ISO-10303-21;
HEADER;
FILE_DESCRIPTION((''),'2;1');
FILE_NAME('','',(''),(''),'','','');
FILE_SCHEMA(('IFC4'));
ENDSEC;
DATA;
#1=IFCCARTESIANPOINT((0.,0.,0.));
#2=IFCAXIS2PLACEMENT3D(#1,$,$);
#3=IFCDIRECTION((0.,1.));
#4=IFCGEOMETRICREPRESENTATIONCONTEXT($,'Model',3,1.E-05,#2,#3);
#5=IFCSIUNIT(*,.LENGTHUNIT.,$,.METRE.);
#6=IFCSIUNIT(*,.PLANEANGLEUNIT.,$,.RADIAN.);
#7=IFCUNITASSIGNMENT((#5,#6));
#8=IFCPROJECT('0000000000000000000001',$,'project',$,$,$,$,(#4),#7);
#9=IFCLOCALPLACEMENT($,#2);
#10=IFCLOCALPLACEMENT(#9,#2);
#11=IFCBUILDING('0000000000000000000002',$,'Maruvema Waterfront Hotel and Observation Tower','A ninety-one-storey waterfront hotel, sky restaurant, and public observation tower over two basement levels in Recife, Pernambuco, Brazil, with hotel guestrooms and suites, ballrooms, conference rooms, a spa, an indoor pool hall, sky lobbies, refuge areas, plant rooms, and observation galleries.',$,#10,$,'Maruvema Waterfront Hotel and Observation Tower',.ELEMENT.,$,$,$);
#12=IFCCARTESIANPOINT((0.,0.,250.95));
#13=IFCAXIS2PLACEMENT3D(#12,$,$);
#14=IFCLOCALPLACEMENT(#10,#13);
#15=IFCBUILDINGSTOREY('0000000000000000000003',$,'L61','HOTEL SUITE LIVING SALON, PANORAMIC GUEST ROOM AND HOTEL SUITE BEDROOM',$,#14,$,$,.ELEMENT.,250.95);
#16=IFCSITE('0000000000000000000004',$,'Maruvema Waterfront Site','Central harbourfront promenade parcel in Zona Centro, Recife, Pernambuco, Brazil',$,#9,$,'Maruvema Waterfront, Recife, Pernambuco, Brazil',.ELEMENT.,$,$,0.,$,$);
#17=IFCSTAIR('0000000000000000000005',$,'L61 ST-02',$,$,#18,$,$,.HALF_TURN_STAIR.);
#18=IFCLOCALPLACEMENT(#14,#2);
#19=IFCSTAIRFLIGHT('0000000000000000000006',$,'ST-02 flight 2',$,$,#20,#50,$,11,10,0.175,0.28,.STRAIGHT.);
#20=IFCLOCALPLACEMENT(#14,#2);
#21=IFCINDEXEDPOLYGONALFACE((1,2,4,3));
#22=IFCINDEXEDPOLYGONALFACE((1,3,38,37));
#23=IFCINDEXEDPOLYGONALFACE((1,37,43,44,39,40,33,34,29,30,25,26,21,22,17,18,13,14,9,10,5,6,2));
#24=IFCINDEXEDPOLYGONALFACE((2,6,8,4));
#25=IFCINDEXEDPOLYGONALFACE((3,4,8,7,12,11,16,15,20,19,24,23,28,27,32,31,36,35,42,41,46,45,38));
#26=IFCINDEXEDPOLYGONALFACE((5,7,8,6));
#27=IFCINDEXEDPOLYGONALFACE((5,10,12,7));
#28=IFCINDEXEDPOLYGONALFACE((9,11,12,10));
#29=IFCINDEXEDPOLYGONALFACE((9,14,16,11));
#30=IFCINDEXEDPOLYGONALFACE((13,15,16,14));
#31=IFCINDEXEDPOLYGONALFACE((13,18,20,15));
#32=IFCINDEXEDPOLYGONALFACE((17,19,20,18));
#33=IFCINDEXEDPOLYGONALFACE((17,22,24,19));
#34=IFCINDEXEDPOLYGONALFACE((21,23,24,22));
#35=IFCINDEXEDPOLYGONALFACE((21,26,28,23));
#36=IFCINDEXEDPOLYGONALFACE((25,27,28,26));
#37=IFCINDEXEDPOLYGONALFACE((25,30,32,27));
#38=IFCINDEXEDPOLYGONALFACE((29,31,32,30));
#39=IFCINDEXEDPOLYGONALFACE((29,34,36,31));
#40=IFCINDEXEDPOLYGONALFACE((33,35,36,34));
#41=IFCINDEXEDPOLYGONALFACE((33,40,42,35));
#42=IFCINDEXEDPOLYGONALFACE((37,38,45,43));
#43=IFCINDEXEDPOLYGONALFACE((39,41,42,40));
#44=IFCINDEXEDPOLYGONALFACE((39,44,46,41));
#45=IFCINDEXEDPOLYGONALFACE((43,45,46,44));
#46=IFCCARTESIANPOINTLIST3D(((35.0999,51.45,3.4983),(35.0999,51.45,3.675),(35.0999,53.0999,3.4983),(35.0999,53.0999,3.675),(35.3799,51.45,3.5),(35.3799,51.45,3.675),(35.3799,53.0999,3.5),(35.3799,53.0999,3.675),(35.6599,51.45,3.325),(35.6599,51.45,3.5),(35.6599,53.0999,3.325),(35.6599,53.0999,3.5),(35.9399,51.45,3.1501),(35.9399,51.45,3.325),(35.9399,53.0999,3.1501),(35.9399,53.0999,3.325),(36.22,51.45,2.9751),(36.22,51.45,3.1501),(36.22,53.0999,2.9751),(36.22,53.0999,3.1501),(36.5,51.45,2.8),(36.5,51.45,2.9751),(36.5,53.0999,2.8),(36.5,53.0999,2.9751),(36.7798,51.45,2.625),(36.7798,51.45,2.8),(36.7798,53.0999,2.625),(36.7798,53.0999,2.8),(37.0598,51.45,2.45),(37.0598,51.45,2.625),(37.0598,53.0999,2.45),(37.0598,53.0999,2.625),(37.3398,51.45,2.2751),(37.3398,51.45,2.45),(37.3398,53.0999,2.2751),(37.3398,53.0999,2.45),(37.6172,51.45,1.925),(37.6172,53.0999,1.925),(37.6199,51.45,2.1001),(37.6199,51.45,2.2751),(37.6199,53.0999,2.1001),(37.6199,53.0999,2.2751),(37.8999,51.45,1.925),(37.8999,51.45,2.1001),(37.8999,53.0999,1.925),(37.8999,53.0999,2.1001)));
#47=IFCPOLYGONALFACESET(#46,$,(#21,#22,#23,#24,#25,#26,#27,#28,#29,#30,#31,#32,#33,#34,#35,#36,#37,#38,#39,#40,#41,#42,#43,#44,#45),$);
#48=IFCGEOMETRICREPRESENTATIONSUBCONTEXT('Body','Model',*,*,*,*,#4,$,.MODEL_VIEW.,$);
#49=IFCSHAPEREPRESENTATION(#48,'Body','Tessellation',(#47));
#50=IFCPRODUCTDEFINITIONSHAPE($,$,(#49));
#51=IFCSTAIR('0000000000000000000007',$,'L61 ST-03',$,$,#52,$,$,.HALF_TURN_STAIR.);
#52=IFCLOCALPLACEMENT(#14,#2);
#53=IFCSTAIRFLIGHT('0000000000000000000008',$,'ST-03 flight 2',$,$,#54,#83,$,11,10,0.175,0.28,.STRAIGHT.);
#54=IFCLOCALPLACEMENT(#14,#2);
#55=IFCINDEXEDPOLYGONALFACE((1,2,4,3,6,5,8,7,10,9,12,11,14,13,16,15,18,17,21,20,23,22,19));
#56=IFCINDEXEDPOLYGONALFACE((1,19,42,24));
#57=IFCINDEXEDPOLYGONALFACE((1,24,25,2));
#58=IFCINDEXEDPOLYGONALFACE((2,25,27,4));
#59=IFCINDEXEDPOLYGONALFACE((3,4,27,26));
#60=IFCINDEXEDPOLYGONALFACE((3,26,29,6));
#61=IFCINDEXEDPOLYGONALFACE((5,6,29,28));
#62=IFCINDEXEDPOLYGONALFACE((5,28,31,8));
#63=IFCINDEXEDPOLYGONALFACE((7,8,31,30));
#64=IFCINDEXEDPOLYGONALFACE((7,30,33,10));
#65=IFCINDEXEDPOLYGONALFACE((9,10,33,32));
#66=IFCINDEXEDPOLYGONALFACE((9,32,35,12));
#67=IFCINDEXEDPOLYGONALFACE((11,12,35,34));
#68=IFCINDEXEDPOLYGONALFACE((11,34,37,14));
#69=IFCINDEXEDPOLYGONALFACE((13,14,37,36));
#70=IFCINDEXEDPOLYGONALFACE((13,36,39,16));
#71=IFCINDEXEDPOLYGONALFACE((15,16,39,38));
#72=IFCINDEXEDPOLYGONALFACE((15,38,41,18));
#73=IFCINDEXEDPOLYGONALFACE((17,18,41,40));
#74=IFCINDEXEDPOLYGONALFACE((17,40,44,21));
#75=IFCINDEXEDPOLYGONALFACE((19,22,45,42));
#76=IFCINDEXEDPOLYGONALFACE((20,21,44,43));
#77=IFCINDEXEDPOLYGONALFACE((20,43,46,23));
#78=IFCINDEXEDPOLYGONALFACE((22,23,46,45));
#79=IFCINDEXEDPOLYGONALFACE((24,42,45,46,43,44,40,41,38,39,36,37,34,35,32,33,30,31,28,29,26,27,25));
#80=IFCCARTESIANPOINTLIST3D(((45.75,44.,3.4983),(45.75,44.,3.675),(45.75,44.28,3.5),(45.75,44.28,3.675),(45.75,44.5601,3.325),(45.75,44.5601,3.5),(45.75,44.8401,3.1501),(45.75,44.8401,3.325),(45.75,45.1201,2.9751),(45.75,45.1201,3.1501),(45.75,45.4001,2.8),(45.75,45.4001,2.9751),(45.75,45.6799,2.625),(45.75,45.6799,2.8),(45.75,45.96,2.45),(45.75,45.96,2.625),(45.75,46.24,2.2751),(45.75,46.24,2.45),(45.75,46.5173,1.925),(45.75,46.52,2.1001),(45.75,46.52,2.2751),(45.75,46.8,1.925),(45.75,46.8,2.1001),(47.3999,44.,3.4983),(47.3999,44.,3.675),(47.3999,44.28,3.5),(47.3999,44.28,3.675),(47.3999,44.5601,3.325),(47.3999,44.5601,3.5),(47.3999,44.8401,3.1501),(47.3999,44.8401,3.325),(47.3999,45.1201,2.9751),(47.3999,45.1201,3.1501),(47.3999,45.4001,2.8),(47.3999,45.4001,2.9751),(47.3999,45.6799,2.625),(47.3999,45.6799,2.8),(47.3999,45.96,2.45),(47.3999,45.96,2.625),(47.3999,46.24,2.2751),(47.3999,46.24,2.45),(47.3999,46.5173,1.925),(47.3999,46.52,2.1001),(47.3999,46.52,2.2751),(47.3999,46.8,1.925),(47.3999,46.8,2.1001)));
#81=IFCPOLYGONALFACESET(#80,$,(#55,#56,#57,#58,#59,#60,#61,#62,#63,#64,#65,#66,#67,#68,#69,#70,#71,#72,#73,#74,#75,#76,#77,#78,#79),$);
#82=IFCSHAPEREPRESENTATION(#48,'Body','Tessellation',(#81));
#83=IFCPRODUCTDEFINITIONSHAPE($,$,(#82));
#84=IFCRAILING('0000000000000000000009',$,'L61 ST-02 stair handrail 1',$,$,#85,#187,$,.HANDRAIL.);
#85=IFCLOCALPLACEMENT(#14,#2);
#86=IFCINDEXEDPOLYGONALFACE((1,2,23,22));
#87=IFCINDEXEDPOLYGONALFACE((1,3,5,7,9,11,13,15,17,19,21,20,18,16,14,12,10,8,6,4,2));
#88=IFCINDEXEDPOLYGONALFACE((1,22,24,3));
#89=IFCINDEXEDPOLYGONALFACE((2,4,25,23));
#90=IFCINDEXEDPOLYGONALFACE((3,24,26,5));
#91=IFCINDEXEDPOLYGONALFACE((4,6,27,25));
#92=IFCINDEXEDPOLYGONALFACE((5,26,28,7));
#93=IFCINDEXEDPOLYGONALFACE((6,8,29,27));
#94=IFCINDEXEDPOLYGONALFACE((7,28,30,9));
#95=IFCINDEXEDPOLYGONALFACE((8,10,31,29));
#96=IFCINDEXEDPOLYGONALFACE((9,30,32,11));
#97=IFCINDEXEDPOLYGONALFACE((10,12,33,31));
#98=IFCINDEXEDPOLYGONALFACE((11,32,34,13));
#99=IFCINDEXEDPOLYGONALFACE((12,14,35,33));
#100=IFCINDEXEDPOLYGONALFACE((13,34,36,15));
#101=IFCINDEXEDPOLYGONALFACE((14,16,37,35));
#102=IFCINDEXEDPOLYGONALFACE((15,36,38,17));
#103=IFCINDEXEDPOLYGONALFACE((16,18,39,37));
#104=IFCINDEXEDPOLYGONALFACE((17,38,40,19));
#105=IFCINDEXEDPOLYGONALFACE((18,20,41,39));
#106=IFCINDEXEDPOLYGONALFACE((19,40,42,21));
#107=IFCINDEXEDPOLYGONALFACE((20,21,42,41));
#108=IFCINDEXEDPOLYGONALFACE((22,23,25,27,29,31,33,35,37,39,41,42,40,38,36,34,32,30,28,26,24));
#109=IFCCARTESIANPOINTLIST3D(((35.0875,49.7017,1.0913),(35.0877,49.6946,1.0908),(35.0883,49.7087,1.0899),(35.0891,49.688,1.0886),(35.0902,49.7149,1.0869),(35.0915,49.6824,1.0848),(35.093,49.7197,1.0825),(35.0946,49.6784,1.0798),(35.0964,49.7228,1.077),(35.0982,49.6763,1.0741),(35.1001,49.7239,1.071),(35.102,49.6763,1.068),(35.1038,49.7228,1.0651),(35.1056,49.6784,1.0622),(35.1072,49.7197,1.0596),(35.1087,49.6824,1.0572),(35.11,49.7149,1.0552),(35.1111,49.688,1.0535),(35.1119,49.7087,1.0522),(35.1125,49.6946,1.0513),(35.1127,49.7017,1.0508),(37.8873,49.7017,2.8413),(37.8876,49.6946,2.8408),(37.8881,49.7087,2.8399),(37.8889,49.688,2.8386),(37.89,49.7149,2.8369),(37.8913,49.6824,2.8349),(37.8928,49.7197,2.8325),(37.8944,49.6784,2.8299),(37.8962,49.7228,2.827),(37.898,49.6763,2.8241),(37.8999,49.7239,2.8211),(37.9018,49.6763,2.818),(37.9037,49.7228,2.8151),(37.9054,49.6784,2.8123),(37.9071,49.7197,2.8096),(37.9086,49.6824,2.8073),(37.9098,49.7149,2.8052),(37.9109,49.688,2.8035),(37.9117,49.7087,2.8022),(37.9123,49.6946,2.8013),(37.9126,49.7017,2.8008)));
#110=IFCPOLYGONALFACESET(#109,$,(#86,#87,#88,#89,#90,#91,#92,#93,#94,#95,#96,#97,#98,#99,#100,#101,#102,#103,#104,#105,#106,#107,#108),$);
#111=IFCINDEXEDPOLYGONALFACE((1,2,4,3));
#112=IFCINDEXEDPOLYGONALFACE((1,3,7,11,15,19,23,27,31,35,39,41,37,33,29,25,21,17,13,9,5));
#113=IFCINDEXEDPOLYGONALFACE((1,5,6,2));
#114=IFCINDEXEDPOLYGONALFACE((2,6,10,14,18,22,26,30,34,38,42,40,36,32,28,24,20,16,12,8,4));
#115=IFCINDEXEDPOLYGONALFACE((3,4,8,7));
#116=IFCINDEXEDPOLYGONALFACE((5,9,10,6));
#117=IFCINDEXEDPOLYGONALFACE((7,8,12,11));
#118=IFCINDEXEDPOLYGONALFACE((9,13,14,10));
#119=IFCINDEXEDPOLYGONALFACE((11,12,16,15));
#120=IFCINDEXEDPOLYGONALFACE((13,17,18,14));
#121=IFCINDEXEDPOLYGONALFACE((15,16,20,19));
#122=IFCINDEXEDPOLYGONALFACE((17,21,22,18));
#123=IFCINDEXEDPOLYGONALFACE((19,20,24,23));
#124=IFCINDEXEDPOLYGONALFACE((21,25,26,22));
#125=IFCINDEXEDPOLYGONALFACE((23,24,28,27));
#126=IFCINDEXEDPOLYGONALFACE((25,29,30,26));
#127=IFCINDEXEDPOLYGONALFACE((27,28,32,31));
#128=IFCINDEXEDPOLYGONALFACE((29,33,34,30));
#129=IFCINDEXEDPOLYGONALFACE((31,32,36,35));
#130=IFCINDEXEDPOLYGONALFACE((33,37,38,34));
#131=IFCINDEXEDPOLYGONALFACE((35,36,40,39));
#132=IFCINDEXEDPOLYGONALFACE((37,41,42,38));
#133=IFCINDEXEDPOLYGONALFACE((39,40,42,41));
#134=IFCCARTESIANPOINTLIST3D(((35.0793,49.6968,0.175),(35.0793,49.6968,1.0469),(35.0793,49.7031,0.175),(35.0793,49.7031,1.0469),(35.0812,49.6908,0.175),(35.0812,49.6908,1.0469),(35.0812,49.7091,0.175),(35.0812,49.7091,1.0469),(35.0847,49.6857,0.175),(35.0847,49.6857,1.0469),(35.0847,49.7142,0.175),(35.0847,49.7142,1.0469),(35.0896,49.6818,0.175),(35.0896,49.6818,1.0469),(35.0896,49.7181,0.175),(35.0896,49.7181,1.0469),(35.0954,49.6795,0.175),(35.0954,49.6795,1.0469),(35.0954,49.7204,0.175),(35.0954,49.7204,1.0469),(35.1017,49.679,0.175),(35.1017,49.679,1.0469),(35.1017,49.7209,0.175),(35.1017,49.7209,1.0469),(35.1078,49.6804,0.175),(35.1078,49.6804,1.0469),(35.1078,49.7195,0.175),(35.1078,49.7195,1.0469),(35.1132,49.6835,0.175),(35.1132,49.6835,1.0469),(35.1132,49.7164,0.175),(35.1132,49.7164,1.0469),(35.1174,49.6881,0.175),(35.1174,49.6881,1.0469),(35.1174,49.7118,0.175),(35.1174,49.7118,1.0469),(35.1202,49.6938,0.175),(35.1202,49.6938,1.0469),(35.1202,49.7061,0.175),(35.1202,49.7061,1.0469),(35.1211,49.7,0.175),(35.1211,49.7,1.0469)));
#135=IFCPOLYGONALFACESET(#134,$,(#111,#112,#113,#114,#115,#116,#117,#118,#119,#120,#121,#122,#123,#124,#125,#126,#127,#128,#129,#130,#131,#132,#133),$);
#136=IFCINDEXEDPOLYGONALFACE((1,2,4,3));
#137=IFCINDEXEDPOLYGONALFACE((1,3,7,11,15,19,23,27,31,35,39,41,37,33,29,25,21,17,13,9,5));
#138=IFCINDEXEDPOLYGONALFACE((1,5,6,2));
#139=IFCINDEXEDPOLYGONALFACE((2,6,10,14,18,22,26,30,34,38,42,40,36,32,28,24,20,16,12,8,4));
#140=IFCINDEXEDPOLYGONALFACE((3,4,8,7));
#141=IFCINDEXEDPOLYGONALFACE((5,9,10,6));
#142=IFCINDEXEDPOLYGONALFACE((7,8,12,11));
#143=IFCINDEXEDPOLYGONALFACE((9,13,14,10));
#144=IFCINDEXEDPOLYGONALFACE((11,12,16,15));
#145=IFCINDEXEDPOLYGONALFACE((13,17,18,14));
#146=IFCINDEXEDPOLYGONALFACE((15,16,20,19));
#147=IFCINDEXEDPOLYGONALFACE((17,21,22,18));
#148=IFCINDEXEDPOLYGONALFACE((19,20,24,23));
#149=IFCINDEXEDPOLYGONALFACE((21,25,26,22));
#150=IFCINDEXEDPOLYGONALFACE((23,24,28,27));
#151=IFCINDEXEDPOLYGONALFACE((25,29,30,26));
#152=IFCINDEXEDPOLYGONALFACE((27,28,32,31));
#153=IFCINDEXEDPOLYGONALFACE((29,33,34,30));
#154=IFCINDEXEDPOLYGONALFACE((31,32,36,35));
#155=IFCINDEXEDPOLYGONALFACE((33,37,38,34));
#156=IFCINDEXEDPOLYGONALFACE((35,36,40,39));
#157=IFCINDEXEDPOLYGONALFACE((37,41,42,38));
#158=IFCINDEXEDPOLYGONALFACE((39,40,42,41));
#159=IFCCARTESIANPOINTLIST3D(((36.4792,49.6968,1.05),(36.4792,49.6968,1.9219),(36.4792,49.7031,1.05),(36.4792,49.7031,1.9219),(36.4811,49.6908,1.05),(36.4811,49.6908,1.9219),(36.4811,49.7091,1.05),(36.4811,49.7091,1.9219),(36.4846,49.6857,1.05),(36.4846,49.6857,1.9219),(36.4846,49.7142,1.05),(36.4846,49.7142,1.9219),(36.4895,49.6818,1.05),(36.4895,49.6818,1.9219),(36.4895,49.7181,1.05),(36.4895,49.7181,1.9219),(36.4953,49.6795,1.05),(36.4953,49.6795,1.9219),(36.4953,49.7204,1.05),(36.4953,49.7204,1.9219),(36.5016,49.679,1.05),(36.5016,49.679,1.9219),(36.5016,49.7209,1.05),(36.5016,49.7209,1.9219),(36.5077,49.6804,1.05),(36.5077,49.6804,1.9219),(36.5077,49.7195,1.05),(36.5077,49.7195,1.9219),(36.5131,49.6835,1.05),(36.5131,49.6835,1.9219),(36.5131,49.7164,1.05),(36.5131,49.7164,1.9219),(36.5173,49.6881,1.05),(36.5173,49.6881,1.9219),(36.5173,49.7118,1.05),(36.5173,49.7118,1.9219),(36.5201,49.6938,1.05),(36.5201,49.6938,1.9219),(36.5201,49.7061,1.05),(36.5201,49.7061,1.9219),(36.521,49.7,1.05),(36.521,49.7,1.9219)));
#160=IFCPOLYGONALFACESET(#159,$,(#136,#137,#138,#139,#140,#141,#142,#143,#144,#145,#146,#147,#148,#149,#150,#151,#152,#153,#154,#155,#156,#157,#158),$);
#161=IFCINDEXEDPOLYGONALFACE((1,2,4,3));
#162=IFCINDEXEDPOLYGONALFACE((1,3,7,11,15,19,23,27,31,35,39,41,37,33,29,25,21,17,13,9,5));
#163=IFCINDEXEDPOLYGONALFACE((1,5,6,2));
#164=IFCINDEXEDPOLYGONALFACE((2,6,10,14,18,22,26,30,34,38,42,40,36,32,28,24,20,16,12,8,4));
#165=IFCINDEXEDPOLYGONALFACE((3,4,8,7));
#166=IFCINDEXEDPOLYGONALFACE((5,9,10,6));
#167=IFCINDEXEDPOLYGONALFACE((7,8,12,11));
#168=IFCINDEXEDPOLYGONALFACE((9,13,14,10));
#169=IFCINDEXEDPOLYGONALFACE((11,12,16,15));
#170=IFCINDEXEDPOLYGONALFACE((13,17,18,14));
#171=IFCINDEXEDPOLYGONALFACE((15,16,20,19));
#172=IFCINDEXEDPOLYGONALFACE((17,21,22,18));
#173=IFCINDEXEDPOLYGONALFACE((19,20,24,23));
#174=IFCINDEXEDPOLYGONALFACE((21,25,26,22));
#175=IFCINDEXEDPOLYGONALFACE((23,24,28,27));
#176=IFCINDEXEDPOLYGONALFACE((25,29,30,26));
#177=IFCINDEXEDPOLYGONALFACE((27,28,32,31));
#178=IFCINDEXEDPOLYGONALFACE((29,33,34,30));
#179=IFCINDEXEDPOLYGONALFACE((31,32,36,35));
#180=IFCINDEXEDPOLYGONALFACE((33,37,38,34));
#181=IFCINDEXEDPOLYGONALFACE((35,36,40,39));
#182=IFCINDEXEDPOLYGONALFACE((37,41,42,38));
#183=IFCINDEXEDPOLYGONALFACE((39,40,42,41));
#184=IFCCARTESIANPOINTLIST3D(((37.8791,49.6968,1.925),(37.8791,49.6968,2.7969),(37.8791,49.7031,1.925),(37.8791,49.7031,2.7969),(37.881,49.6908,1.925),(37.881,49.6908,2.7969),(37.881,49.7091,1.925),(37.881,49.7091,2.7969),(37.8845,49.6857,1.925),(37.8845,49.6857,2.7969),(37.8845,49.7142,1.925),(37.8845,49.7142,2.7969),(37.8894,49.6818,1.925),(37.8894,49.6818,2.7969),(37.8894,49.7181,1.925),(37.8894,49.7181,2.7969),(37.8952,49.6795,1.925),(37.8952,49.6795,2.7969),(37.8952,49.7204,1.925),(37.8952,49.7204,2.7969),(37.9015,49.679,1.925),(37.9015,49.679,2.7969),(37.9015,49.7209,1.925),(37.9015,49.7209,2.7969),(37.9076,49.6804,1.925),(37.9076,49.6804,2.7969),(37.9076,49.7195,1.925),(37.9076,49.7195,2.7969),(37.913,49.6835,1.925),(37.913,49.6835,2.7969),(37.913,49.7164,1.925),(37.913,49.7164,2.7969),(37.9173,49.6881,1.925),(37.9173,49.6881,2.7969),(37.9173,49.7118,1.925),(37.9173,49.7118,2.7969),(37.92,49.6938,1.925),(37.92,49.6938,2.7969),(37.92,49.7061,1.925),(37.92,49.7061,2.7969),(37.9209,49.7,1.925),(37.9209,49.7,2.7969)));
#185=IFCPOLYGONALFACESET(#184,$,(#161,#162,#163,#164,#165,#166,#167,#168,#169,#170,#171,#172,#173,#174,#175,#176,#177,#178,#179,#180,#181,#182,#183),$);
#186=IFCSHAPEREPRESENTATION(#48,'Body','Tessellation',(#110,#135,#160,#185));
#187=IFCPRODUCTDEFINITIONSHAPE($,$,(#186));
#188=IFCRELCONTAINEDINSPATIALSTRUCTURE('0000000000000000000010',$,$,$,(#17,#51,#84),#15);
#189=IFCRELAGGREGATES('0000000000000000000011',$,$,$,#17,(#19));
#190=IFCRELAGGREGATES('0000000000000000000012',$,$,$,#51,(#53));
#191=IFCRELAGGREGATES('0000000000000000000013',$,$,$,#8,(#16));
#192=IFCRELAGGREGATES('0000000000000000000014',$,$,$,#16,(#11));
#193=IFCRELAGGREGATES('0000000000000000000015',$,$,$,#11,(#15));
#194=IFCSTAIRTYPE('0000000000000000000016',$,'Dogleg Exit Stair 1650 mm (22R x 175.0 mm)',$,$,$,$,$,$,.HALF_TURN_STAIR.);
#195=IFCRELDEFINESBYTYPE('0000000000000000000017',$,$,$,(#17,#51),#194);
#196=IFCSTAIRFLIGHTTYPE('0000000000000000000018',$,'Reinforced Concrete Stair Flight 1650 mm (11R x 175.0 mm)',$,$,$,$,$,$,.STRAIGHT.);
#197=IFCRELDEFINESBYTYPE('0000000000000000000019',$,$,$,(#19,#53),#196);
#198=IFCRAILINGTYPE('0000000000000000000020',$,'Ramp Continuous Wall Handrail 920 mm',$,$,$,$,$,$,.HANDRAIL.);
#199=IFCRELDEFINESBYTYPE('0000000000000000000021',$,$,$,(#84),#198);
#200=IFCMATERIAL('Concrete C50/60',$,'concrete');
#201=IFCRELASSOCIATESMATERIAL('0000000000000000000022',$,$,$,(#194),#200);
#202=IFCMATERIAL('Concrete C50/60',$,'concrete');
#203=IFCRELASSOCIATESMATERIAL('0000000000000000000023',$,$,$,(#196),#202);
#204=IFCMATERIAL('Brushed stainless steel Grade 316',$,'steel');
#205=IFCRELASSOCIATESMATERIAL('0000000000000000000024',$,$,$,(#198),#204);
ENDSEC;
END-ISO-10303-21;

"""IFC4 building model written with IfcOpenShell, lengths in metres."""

from ifc_helpers import new_model, si_unit, direction, frame, origin, origin_2d, place, context, subcontext, project, spatial, polyline, circle, outline, extrude, material, type_object, element, aggregate, save


model = new_model("IFC4")

# Units and contexts
model_context = context("Model", 3, precision=1e-05, world=origin(), true_north=direction((0.0, 1.0)))
body_context = subcontext(model_context, "Body", "Model", "MODEL_VIEW")
ifc_project = project(units=[si_unit("LENGTHUNIT", "METRE"), si_unit("PLANEANGLEUNIT", "RADIAN")], contexts=[model_context])

# Site, building, storey
site_placement = place(None, origin())
site = spatial("IfcSite", under=ifc_project, at=site_placement, Name="Maruvema Waterfront Site", Description="Central harbourfront promenade parcel in Zona Centro, Recife, Pernambuco, Brazil", LongName="Maruvema Waterfront, Recife, Pernambuco, Brazil", CompositionType="ELEMENT", RefElevation=0.0)
building_placement = place(site_placement, origin())
building = spatial("IfcBuilding", under=site, at=building_placement, Name="Maruvema Waterfront Hotel and Observation Tower", Description="A ninety-one-storey waterfront hotel, sky restaurant, and public observation tower over two basement levels in Recife, Pernambuco, Brazil, with hotel guestrooms and suites, ballrooms, conference rooms, a spa, an indoor pool hall, sky lobbies, refuge areas, plant rooms, and observation galleries.", LongName="Maruvema Waterfront Hotel and Observation Tower", CompositionType="ELEMENT")
storey_placement = place(building_placement, frame((0.0, 0.0, 250.95)))
storey = spatial("IfcBuildingStorey", under=building, at=storey_placement, Name="L61", Description="HOTEL SUITE LIVING SALON, PANORAMIC GUEST ROOM AND HOTEL SUITE BEDROOM", CompositionType="ELEMENT", Elevation=250.95)

# Stairs, stair flights
ifc_material_1 = material(Name="Concrete C50/60", Category="concrete")
stair_type = type_object("IfcStairType", Name="Dogleg Exit Stair 1650 mm (22R x 175.0 mm)", PredefinedType="HALF_TURN_STAIR", material=ifc_material_1)
stair_1_placement = place(storey_placement, origin())
stair_1 = element("IfcStair", 1, at=stair_1_placement, inside=storey, type_object=stair_type, Name="L61 ST-02", PredefinedType="HALF_TURN_STAIR")
ifc_material_2 = material(Name="Concrete C50/60", Category="concrete")
stair_flight_type = type_object("IfcStairFlightType", Name="Reinforced Concrete Stair Flight 1650 mm (11R x 175.0 mm)", PredefinedType="STRAIGHT", material=ifc_material_2)
stair_flight_1_placement = place(storey_placement, frame((37.8999, 52.2749, 1.925), z_axis=(0.0, 0.0, 1.0), x_axis=(-1.0, 0.0, 0.0)))
stair_flight_1 = element("IfcStairFlight", 2, at=stair_flight_1_placement, type_object=stair_flight_type, Name="ST-02 flight 2", NumberOfRisers=11, NumberOfTreads=10, PredefinedType="STRAIGHT", RiserHeight=0.175, TreadLength=0.28, context=body_context, shape_type="SweptSolid", body=[
    extrude(outline(polyline([(0.0, 0.0), (0.0, 0.175), (0.28, 0.175), (0.28, 0.3501), (0.5601, 0.3501), (0.5601, 0.5249), (0.8401, 0.5249), (0.8401, 0.7), (1.1201, 0.7), (1.1201, 0.875), (1.3999, 0.875), (1.3999, 1.05), (1.6799, 1.05), (1.6799, 1.2251), (1.96, 1.2251), (1.96, 1.3999), (2.24, 1.3999), (2.24, 1.575), (2.52, 1.575), (2.52, 1.75), (2.8, 1.75), (2.8, 1.925), (2.8, 1.5732), (0.2827, 0.0), (0.0, 0.0)])), frame((0.0, 0.825, 0.0), z_axis=(0.0, -1.0, 0.0), x_axis=(1.0, 0.0, 0.0)), (0.0, 0.0, 1.0), 1.6499),
])
aggregate(stair_1, [stair_flight_1])
stair_2_placement = place(storey_placement, origin())
stair_2 = element("IfcStair", 3, at=stair_2_placement, inside=storey, type_object=stair_type, Name="L61 ST-03", PredefinedType="HALF_TURN_STAIR")
stair_flight_2_placement = place(storey_placement, frame((46.575, 46.8, 1.925), z_axis=(0.0, 0.0, 1.0), x_axis=(0.0, -1.0, 0.0)))
stair_flight_2 = element("IfcStairFlight", 4, at=stair_flight_2_placement, type_object=stair_flight_type, Name="ST-03 flight 2", NumberOfRisers=11, NumberOfTreads=10, PredefinedType="STRAIGHT", RiserHeight=0.175, TreadLength=0.28, context=body_context, shape_type="SweptSolid", body=[
    extrude(outline(polyline([(0.0, 0.0), (0.0, 0.175), (0.28, 0.175), (0.28, 0.3501), (0.5601, 0.3501), (0.5601, 0.5249), (0.8401, 0.5249), (0.8401, 0.7), (1.1201, 0.7), (1.1201, 0.875), (1.3999, 0.875), (1.3999, 1.05), (1.6799, 1.05), (1.6799, 1.2251), (1.96, 1.2251), (1.96, 1.3999), (2.24, 1.3999), (2.24, 1.575), (2.52, 1.575), (2.52, 1.75), (2.8, 1.75), (2.8, 1.925), (2.8, 1.5732), (0.2827, 0.0), (0.0, 0.0)])), frame((0.0, 0.825, 0.0), z_axis=(0.0, -1.0, 0.0), x_axis=(1.0, 0.0, 0.0)), (0.0, 0.0, 1.0), 1.6499),
])
aggregate(stair_2, [stair_flight_2])

# Railing
ifc_material_3 = material(Name="Brushed stainless steel Grade 316", Category="steel")
railing_type_1 = type_object("IfcRailingType", Name="Ramp Continuous Wall Handrail 920 mm", PredefinedType="HANDRAIL", material=ifc_material_3)
railing_1_placement = place(storey_placement, frame((35.1001, 49.7, 0.175)))
element("IfcRailing", 5, at=railing_1_placement, inside=storey, type_object=railing_type_1, Name="L61 ST-02 stair handrail 1", PredefinedType="HANDRAIL", context=body_context, shape_type="SweptSolid", body=[
    extrude(circle(Radius=0.0239, at=origin_2d()), frame((0.0, 0.0, 0.896), z_axis=(0.847982, 0.0, 0.530026), x_axis=(0.0, 1.0, 0.0)), (0.0, 0.0, 1.0), 3.3018),
    extrude(circle(Radius=0.021, at=origin_2d()), origin(), (0.0, 0.0, 1.0), 0.8718),
    extrude(circle(Radius=0.021, at=origin_2d()), frame((1.3999, 0.0, 0.875)), (0.0, 0.0, 1.0), 0.8718),
    extrude(circle(Radius=0.021, at=origin_2d()), frame((2.7998, 0.0, 1.75)), (0.0, 0.0, 1.0), 0.8718),
])

save(model, "model.ifc")
